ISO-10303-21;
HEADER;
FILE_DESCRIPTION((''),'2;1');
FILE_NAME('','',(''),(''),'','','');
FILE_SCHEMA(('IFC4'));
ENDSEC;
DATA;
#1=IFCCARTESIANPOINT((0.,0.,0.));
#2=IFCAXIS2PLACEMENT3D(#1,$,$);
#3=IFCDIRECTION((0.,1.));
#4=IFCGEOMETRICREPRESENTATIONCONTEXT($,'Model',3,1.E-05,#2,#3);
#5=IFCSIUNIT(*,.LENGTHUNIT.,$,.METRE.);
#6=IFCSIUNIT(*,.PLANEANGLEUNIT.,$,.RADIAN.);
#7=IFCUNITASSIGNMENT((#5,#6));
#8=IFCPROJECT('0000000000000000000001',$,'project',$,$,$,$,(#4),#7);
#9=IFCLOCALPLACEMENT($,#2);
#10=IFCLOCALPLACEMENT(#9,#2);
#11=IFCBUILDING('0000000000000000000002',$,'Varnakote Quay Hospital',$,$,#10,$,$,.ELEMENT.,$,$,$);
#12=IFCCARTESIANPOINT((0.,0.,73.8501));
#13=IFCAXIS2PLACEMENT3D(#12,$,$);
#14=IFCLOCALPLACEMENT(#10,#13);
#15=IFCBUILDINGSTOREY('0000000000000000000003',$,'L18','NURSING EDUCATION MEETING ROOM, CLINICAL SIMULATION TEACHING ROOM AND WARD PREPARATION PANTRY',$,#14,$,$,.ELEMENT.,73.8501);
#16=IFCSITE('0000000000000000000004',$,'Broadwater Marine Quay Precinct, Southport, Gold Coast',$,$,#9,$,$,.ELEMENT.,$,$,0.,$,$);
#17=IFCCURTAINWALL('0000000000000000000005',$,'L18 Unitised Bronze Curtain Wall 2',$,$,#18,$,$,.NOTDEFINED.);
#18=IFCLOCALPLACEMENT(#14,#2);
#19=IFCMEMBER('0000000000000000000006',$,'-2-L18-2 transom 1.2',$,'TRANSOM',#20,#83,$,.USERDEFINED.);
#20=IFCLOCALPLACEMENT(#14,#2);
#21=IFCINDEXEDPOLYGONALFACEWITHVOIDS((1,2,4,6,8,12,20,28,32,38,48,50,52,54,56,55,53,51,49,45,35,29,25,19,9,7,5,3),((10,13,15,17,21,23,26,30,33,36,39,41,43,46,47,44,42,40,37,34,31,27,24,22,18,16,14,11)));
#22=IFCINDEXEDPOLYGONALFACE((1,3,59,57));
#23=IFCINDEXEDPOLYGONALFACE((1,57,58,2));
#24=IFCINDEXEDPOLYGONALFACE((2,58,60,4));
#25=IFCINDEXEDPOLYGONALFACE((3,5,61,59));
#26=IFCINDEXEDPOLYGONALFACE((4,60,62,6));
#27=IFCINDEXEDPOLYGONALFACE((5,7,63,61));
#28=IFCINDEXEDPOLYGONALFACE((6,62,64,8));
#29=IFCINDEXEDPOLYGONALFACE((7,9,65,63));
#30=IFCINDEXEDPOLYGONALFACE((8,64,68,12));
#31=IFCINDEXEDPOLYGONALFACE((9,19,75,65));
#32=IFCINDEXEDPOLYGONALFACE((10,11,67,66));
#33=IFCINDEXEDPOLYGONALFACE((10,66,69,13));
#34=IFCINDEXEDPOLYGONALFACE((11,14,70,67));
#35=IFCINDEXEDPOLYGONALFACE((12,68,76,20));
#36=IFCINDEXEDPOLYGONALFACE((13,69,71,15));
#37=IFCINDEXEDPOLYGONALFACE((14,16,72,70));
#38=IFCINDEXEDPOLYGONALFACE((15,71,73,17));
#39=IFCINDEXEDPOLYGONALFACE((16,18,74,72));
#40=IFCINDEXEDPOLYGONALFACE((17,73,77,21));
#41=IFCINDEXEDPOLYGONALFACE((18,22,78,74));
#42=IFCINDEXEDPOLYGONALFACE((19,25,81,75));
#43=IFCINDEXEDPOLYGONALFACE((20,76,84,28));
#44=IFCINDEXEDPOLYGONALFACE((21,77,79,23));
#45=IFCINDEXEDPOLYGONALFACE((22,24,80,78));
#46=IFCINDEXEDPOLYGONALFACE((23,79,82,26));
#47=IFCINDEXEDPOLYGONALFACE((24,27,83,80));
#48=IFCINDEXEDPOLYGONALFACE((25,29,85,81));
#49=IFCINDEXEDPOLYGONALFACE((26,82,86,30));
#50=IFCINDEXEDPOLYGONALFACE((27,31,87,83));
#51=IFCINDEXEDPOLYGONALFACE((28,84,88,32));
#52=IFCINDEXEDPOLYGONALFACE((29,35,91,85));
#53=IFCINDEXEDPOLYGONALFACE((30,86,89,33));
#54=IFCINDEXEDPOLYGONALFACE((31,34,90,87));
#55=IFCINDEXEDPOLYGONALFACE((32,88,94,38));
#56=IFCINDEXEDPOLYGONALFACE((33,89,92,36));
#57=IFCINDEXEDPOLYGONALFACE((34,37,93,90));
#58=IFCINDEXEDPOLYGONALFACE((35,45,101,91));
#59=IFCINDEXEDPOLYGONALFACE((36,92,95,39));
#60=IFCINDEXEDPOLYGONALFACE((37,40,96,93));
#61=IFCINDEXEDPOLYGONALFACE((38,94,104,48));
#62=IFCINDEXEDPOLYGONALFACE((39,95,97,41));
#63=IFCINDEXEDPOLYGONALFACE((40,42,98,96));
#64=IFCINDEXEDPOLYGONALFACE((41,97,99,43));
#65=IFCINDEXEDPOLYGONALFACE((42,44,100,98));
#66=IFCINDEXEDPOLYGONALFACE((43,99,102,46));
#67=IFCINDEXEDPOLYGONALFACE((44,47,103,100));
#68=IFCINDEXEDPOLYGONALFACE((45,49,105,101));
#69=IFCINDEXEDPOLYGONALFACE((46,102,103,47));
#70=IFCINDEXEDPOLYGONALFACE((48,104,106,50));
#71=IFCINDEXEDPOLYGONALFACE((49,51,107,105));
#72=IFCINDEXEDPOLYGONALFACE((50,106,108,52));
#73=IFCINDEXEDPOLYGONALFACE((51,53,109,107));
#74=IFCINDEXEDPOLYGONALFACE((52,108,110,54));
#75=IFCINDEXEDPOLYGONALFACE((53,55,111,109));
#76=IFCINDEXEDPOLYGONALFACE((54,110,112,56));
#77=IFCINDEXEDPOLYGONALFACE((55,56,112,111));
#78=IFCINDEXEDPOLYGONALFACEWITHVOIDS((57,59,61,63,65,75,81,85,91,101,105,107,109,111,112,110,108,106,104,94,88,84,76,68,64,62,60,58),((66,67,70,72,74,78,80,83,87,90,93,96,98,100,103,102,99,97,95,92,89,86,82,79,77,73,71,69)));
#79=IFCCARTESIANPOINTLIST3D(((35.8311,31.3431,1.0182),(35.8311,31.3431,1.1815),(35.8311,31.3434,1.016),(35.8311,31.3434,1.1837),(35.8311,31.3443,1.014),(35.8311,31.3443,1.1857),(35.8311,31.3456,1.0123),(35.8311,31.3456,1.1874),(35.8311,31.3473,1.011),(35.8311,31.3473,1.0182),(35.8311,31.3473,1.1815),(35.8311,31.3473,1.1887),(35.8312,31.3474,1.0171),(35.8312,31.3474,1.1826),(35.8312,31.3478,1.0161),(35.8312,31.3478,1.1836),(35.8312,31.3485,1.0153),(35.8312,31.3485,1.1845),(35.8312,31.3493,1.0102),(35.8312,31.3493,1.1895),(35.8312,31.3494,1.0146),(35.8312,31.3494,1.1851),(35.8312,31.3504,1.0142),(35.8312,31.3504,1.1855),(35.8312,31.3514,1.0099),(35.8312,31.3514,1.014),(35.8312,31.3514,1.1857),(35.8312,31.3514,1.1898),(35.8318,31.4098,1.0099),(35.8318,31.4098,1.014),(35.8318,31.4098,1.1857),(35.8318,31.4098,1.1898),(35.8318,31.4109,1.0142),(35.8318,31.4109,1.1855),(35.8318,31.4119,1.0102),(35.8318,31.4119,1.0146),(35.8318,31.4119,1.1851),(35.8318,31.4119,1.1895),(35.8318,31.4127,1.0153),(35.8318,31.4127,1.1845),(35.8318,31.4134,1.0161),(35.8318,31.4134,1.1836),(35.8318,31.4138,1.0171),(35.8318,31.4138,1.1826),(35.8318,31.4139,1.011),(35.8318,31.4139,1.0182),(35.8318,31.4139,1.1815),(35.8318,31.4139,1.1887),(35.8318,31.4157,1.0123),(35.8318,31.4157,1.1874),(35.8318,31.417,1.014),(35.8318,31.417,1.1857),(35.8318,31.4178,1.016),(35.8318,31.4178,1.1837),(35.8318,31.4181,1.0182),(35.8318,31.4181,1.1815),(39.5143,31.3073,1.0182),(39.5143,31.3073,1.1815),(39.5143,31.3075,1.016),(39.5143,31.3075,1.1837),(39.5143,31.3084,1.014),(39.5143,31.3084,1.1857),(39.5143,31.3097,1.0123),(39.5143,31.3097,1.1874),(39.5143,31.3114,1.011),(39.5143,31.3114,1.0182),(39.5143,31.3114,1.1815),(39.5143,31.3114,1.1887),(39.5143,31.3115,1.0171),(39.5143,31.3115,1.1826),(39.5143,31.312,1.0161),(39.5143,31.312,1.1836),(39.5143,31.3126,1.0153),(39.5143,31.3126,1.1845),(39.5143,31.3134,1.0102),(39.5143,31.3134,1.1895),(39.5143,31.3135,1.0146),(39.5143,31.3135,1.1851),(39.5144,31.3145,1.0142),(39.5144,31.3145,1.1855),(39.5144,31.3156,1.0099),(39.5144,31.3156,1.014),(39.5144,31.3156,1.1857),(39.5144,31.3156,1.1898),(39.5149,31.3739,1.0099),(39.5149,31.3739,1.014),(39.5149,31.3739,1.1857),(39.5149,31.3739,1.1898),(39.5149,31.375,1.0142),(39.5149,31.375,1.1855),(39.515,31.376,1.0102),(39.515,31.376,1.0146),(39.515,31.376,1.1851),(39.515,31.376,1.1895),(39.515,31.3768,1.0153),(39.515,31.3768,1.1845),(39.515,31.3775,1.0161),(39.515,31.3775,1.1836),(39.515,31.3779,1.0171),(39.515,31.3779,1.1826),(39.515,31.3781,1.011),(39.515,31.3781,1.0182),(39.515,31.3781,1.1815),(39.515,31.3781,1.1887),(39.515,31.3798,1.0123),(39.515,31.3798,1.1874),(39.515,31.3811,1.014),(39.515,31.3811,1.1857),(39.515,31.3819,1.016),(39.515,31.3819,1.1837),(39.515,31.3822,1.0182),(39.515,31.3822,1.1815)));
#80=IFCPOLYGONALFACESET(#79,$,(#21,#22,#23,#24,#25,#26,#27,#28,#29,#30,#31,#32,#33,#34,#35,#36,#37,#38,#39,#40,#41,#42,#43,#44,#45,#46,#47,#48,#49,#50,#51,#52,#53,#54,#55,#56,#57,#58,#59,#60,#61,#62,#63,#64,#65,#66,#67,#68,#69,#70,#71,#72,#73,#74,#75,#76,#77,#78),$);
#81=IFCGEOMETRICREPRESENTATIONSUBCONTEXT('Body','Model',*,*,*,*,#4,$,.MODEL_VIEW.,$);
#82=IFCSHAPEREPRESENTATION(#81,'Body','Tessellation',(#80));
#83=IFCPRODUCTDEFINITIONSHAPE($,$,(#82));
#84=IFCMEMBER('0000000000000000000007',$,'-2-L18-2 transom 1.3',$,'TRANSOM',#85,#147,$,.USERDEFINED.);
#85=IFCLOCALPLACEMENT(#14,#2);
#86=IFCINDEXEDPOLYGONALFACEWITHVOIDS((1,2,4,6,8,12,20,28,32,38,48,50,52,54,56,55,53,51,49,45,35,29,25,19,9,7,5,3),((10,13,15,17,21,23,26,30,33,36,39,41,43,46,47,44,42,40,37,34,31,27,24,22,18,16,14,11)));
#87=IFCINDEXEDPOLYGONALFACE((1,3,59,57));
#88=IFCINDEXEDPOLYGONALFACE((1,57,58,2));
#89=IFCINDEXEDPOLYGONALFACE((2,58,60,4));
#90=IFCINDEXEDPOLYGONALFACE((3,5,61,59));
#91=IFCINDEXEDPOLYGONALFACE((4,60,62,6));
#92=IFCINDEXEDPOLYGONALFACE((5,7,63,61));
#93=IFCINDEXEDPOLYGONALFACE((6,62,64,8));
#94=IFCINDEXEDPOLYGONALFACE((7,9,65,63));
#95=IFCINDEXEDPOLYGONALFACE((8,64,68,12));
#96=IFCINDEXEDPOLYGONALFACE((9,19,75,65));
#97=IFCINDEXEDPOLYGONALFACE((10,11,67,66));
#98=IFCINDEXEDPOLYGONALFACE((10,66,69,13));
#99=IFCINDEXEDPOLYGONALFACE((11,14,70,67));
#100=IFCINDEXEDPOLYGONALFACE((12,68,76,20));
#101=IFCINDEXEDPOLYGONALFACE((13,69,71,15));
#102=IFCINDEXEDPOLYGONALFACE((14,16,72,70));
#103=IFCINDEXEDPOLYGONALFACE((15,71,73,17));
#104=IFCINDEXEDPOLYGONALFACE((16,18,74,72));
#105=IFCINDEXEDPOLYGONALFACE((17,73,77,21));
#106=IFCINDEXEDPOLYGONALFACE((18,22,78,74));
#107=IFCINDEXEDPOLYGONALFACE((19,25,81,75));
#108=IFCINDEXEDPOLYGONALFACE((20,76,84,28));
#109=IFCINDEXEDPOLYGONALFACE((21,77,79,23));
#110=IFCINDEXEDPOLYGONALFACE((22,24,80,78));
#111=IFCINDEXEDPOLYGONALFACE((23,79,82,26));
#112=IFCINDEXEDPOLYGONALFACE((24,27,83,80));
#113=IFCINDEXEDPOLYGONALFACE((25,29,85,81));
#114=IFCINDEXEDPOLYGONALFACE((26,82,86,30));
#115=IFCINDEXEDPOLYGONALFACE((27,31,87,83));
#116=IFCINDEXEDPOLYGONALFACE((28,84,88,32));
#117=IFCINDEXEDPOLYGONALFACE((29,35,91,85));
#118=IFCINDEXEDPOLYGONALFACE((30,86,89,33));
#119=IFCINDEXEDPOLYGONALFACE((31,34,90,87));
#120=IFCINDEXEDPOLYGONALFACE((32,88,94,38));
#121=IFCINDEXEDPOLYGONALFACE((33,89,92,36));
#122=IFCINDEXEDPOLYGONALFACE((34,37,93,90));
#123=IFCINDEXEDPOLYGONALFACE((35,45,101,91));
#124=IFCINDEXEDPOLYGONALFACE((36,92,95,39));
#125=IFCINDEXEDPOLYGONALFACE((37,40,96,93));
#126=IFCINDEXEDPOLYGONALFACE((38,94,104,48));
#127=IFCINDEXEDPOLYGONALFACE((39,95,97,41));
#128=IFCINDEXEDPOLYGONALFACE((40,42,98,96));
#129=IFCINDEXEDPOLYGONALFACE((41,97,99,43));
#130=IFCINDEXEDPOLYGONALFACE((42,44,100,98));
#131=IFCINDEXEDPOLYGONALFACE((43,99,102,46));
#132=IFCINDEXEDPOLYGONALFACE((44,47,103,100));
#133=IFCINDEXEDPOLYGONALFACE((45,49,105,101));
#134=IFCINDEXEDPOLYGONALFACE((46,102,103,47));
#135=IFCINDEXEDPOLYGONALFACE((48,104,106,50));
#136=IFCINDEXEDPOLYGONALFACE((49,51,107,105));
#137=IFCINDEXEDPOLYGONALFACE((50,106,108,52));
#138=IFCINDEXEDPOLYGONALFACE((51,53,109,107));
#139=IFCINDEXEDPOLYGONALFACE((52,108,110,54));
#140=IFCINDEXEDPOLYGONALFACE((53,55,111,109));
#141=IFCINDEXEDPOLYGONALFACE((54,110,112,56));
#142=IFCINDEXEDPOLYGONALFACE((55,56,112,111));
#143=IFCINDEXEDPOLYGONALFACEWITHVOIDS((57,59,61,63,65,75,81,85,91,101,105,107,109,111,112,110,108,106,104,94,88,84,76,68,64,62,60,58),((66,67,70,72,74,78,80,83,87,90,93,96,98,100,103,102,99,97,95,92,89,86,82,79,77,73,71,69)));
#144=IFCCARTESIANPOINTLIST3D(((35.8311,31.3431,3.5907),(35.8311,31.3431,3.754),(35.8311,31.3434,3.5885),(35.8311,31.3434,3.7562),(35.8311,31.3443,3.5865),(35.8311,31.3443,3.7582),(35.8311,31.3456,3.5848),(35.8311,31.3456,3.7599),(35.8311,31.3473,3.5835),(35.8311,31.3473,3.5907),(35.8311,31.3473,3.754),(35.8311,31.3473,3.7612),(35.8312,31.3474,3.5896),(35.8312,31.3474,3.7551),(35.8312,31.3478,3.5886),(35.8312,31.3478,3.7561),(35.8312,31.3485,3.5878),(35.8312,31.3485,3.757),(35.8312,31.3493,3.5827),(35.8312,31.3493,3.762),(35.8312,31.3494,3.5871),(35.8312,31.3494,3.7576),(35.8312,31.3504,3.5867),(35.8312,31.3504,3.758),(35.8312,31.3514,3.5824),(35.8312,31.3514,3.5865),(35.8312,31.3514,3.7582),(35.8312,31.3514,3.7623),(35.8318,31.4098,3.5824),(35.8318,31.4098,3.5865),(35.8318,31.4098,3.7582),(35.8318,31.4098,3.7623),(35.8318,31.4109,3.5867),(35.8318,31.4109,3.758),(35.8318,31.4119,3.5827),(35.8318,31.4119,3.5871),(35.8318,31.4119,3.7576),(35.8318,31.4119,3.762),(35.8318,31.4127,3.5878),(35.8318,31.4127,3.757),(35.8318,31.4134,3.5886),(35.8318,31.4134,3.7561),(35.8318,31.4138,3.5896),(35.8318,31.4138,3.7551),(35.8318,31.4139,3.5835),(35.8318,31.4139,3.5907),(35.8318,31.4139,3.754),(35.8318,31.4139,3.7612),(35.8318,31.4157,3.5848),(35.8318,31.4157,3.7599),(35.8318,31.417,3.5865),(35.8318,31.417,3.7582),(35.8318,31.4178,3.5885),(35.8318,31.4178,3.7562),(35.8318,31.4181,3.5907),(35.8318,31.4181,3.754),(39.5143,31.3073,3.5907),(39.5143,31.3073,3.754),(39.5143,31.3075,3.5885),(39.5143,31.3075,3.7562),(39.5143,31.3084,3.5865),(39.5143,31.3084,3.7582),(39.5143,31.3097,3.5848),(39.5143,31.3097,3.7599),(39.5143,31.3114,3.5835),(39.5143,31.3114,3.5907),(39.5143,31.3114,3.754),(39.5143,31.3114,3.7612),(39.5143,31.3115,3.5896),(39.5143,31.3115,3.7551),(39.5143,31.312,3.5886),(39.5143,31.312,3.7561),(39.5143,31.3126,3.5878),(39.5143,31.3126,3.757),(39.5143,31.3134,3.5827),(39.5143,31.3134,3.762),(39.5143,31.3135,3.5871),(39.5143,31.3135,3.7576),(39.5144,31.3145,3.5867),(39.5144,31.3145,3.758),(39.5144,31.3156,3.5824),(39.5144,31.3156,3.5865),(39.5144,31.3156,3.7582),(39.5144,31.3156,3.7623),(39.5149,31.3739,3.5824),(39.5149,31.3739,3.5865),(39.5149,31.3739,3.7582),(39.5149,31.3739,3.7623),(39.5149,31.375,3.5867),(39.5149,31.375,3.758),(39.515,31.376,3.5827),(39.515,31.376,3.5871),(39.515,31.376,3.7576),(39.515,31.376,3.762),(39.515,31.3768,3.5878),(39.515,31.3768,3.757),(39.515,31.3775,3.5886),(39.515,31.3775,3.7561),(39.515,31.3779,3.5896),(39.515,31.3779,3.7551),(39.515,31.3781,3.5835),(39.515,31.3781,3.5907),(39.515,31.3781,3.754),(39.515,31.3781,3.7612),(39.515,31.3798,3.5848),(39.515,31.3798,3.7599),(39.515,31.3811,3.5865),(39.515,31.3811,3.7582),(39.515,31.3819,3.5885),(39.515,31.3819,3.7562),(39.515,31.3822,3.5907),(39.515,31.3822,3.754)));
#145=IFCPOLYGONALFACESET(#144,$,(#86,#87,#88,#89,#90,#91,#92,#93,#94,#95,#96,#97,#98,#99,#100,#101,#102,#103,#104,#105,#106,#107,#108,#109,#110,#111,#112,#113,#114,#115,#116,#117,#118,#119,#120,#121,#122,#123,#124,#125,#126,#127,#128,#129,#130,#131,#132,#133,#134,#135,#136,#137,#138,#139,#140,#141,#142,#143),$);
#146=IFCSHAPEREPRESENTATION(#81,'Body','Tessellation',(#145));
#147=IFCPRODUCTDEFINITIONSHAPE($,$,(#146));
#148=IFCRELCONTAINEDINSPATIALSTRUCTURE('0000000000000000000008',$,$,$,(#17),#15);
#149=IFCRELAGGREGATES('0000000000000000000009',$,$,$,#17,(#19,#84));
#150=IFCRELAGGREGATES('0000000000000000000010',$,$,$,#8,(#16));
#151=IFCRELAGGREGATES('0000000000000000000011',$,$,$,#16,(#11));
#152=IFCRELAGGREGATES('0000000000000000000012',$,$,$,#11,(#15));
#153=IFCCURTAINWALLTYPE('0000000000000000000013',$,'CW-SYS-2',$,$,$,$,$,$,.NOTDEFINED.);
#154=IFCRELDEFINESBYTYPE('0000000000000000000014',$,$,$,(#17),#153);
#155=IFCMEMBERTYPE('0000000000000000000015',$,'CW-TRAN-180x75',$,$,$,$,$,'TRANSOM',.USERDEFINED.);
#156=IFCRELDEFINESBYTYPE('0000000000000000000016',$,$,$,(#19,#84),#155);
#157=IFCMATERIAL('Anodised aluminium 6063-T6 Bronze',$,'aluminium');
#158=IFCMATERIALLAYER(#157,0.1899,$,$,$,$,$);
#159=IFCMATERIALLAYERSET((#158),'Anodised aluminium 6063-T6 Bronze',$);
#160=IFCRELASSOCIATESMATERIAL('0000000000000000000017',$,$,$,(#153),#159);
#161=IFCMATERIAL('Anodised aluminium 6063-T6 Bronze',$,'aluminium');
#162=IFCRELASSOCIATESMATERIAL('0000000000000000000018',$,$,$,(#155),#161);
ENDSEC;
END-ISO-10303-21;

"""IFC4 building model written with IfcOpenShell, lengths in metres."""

from ifc_helpers import new_model, si_unit, direction, frame, origin, origin_2d, place, context, subcontext, project, spatial, hollow_rectangle, extrude, material, layer, layer_set, material_profile, profile_set, type_object, element, aggregate, save


model = new_model("IFC4")

# Units and contexts
model_context = context("Model", 3, precision=1e-05, world=origin(), true_north=direction((0.0, 1.0)))
body_context = subcontext(model_context, "Body", "Model", "MODEL_VIEW")
ifc_project = project(units=[si_unit("LENGTHUNIT", "METRE"), si_unit("PLANEANGLEUNIT", "RADIAN")], contexts=[model_context])

# Site, building, storey
site_placement = place(None, origin())
site = spatial("IfcSite", under=ifc_project, at=site_placement, Name="Broadwater Marine Quay Precinct, Southport, Gold Coast", CompositionType="ELEMENT", RefElevation=0.0)
building_placement = place(site_placement, origin())
building = spatial("IfcBuilding", under=site, at=building_placement, Name="Varnakote Quay Hospital", CompositionType="ELEMENT")
storey_placement = place(building_placement, frame((0.0, 0.0, 73.8501)))
storey = spatial("IfcBuildingStorey", under=building, at=storey_placement, Name="L18", Description="NURSING EDUCATION MEETING ROOM, CLINICAL SIMULATION TEACHING ROOM AND WARD PREPARATION PANTRY", CompositionType="ELEMENT", Elevation=73.8501)

# Shared definitions
ifc_material_1 = material(Name="Anodised aluminium 6063-T6 Bronze", Category="aluminium")
ifc_layer_1 = layer(ifc_material_1, 0.1899)
ifc_layer_set_1 = layer_set([ifc_layer_1], Name="Anodised aluminium 6063-T6 Bronze")
curtain_wall_type = type_object("IfcCurtainWallType", Name="CW-SYS-2", PredefinedType="NOTDEFINED", material=ifc_layer_set_1)

# Curtain wall, members
curtain_wall_1_placement = place(storey_placement, origin())
curtain_wall_1 = element("IfcCurtainWall", 1, at=curtain_wall_1_placement, inside=storey, type_object=curtain_wall_type, Name="L18 Unitised Bronze Curtain Wall 2", PredefinedType="NOTDEFINED")
ifc_material_2 = material(Name="Anodised aluminium 6063-T6 Bronze", Category="aluminium")
ifc_material_profile_1 = material_profile(ifc_material_2, hollow_rectangle(XDim=0.075, YDim=0.1799, WallThickness=0.0042, InnerFilletRadius=0.0042, OuterFilletRadius=0.0083, at=origin_2d()), Name="CW-TRAN-180x75")
ifc_profile_set_1 = profile_set([ifc_material_profile_1], Name="Anodised aluminium 6063-T6 Bronze")
member_type_1 = type_object("IfcMemberType", Name="CW-TRAN-180x75", ElementType="TRANSOM", PredefinedType="USERDEFINED", material=ifc_profile_set_1)
member_1_placement = place(storey_placement, frame((39.5146, 31.3447, 1.0999), z_axis=(-0.999953, 0.009744, 0.0), x_axis=(-0.009744, -0.999953, 0.0)))
member_1 = element("IfcMember", 2, at=member_1_placement, type_object=member_type_1, Name="-2-L18-2 transom 1.2", ObjectType="TRANSOM", PredefinedType="USERDEFINED", context=body_context, shape_type="SweptSolid", body=[
    extrude(hollow_rectangle(XDim=0.075, YDim=0.1799, WallThickness=0.0042, InnerFilletRadius=0.0042, OuterFilletRadius=0.0083, at=origin_2d()), origin(), (0.0, 0.0, 1.0), 3.6833),
])
member_2_placement = place(storey_placement, frame((39.5146, 31.3447, 3.6724), z_axis=(-0.999953, 0.009744, 0.0), x_axis=(-0.009744, -0.999953, 0.0)))
member_2 = element("IfcMember", 3, at=member_2_placement, type_object=member_type_1, Name="-2-L18-2 transom 1.3", ObjectType="TRANSOM", PredefinedType="USERDEFINED", context=body_context, shape_type="SweptSolid", body=[
    extrude(hollow_rectangle(XDim=0.075, YDim=0.1799, WallThickness=0.0042, InnerFilletRadius=0.0042, OuterFilletRadius=0.0083, at=origin_2d()), origin(), (0.0, 0.0, 1.0), 3.6833),
])

aggregate(curtain_wall_1, [member_1, member_2])

save(model, "model.ifc")
